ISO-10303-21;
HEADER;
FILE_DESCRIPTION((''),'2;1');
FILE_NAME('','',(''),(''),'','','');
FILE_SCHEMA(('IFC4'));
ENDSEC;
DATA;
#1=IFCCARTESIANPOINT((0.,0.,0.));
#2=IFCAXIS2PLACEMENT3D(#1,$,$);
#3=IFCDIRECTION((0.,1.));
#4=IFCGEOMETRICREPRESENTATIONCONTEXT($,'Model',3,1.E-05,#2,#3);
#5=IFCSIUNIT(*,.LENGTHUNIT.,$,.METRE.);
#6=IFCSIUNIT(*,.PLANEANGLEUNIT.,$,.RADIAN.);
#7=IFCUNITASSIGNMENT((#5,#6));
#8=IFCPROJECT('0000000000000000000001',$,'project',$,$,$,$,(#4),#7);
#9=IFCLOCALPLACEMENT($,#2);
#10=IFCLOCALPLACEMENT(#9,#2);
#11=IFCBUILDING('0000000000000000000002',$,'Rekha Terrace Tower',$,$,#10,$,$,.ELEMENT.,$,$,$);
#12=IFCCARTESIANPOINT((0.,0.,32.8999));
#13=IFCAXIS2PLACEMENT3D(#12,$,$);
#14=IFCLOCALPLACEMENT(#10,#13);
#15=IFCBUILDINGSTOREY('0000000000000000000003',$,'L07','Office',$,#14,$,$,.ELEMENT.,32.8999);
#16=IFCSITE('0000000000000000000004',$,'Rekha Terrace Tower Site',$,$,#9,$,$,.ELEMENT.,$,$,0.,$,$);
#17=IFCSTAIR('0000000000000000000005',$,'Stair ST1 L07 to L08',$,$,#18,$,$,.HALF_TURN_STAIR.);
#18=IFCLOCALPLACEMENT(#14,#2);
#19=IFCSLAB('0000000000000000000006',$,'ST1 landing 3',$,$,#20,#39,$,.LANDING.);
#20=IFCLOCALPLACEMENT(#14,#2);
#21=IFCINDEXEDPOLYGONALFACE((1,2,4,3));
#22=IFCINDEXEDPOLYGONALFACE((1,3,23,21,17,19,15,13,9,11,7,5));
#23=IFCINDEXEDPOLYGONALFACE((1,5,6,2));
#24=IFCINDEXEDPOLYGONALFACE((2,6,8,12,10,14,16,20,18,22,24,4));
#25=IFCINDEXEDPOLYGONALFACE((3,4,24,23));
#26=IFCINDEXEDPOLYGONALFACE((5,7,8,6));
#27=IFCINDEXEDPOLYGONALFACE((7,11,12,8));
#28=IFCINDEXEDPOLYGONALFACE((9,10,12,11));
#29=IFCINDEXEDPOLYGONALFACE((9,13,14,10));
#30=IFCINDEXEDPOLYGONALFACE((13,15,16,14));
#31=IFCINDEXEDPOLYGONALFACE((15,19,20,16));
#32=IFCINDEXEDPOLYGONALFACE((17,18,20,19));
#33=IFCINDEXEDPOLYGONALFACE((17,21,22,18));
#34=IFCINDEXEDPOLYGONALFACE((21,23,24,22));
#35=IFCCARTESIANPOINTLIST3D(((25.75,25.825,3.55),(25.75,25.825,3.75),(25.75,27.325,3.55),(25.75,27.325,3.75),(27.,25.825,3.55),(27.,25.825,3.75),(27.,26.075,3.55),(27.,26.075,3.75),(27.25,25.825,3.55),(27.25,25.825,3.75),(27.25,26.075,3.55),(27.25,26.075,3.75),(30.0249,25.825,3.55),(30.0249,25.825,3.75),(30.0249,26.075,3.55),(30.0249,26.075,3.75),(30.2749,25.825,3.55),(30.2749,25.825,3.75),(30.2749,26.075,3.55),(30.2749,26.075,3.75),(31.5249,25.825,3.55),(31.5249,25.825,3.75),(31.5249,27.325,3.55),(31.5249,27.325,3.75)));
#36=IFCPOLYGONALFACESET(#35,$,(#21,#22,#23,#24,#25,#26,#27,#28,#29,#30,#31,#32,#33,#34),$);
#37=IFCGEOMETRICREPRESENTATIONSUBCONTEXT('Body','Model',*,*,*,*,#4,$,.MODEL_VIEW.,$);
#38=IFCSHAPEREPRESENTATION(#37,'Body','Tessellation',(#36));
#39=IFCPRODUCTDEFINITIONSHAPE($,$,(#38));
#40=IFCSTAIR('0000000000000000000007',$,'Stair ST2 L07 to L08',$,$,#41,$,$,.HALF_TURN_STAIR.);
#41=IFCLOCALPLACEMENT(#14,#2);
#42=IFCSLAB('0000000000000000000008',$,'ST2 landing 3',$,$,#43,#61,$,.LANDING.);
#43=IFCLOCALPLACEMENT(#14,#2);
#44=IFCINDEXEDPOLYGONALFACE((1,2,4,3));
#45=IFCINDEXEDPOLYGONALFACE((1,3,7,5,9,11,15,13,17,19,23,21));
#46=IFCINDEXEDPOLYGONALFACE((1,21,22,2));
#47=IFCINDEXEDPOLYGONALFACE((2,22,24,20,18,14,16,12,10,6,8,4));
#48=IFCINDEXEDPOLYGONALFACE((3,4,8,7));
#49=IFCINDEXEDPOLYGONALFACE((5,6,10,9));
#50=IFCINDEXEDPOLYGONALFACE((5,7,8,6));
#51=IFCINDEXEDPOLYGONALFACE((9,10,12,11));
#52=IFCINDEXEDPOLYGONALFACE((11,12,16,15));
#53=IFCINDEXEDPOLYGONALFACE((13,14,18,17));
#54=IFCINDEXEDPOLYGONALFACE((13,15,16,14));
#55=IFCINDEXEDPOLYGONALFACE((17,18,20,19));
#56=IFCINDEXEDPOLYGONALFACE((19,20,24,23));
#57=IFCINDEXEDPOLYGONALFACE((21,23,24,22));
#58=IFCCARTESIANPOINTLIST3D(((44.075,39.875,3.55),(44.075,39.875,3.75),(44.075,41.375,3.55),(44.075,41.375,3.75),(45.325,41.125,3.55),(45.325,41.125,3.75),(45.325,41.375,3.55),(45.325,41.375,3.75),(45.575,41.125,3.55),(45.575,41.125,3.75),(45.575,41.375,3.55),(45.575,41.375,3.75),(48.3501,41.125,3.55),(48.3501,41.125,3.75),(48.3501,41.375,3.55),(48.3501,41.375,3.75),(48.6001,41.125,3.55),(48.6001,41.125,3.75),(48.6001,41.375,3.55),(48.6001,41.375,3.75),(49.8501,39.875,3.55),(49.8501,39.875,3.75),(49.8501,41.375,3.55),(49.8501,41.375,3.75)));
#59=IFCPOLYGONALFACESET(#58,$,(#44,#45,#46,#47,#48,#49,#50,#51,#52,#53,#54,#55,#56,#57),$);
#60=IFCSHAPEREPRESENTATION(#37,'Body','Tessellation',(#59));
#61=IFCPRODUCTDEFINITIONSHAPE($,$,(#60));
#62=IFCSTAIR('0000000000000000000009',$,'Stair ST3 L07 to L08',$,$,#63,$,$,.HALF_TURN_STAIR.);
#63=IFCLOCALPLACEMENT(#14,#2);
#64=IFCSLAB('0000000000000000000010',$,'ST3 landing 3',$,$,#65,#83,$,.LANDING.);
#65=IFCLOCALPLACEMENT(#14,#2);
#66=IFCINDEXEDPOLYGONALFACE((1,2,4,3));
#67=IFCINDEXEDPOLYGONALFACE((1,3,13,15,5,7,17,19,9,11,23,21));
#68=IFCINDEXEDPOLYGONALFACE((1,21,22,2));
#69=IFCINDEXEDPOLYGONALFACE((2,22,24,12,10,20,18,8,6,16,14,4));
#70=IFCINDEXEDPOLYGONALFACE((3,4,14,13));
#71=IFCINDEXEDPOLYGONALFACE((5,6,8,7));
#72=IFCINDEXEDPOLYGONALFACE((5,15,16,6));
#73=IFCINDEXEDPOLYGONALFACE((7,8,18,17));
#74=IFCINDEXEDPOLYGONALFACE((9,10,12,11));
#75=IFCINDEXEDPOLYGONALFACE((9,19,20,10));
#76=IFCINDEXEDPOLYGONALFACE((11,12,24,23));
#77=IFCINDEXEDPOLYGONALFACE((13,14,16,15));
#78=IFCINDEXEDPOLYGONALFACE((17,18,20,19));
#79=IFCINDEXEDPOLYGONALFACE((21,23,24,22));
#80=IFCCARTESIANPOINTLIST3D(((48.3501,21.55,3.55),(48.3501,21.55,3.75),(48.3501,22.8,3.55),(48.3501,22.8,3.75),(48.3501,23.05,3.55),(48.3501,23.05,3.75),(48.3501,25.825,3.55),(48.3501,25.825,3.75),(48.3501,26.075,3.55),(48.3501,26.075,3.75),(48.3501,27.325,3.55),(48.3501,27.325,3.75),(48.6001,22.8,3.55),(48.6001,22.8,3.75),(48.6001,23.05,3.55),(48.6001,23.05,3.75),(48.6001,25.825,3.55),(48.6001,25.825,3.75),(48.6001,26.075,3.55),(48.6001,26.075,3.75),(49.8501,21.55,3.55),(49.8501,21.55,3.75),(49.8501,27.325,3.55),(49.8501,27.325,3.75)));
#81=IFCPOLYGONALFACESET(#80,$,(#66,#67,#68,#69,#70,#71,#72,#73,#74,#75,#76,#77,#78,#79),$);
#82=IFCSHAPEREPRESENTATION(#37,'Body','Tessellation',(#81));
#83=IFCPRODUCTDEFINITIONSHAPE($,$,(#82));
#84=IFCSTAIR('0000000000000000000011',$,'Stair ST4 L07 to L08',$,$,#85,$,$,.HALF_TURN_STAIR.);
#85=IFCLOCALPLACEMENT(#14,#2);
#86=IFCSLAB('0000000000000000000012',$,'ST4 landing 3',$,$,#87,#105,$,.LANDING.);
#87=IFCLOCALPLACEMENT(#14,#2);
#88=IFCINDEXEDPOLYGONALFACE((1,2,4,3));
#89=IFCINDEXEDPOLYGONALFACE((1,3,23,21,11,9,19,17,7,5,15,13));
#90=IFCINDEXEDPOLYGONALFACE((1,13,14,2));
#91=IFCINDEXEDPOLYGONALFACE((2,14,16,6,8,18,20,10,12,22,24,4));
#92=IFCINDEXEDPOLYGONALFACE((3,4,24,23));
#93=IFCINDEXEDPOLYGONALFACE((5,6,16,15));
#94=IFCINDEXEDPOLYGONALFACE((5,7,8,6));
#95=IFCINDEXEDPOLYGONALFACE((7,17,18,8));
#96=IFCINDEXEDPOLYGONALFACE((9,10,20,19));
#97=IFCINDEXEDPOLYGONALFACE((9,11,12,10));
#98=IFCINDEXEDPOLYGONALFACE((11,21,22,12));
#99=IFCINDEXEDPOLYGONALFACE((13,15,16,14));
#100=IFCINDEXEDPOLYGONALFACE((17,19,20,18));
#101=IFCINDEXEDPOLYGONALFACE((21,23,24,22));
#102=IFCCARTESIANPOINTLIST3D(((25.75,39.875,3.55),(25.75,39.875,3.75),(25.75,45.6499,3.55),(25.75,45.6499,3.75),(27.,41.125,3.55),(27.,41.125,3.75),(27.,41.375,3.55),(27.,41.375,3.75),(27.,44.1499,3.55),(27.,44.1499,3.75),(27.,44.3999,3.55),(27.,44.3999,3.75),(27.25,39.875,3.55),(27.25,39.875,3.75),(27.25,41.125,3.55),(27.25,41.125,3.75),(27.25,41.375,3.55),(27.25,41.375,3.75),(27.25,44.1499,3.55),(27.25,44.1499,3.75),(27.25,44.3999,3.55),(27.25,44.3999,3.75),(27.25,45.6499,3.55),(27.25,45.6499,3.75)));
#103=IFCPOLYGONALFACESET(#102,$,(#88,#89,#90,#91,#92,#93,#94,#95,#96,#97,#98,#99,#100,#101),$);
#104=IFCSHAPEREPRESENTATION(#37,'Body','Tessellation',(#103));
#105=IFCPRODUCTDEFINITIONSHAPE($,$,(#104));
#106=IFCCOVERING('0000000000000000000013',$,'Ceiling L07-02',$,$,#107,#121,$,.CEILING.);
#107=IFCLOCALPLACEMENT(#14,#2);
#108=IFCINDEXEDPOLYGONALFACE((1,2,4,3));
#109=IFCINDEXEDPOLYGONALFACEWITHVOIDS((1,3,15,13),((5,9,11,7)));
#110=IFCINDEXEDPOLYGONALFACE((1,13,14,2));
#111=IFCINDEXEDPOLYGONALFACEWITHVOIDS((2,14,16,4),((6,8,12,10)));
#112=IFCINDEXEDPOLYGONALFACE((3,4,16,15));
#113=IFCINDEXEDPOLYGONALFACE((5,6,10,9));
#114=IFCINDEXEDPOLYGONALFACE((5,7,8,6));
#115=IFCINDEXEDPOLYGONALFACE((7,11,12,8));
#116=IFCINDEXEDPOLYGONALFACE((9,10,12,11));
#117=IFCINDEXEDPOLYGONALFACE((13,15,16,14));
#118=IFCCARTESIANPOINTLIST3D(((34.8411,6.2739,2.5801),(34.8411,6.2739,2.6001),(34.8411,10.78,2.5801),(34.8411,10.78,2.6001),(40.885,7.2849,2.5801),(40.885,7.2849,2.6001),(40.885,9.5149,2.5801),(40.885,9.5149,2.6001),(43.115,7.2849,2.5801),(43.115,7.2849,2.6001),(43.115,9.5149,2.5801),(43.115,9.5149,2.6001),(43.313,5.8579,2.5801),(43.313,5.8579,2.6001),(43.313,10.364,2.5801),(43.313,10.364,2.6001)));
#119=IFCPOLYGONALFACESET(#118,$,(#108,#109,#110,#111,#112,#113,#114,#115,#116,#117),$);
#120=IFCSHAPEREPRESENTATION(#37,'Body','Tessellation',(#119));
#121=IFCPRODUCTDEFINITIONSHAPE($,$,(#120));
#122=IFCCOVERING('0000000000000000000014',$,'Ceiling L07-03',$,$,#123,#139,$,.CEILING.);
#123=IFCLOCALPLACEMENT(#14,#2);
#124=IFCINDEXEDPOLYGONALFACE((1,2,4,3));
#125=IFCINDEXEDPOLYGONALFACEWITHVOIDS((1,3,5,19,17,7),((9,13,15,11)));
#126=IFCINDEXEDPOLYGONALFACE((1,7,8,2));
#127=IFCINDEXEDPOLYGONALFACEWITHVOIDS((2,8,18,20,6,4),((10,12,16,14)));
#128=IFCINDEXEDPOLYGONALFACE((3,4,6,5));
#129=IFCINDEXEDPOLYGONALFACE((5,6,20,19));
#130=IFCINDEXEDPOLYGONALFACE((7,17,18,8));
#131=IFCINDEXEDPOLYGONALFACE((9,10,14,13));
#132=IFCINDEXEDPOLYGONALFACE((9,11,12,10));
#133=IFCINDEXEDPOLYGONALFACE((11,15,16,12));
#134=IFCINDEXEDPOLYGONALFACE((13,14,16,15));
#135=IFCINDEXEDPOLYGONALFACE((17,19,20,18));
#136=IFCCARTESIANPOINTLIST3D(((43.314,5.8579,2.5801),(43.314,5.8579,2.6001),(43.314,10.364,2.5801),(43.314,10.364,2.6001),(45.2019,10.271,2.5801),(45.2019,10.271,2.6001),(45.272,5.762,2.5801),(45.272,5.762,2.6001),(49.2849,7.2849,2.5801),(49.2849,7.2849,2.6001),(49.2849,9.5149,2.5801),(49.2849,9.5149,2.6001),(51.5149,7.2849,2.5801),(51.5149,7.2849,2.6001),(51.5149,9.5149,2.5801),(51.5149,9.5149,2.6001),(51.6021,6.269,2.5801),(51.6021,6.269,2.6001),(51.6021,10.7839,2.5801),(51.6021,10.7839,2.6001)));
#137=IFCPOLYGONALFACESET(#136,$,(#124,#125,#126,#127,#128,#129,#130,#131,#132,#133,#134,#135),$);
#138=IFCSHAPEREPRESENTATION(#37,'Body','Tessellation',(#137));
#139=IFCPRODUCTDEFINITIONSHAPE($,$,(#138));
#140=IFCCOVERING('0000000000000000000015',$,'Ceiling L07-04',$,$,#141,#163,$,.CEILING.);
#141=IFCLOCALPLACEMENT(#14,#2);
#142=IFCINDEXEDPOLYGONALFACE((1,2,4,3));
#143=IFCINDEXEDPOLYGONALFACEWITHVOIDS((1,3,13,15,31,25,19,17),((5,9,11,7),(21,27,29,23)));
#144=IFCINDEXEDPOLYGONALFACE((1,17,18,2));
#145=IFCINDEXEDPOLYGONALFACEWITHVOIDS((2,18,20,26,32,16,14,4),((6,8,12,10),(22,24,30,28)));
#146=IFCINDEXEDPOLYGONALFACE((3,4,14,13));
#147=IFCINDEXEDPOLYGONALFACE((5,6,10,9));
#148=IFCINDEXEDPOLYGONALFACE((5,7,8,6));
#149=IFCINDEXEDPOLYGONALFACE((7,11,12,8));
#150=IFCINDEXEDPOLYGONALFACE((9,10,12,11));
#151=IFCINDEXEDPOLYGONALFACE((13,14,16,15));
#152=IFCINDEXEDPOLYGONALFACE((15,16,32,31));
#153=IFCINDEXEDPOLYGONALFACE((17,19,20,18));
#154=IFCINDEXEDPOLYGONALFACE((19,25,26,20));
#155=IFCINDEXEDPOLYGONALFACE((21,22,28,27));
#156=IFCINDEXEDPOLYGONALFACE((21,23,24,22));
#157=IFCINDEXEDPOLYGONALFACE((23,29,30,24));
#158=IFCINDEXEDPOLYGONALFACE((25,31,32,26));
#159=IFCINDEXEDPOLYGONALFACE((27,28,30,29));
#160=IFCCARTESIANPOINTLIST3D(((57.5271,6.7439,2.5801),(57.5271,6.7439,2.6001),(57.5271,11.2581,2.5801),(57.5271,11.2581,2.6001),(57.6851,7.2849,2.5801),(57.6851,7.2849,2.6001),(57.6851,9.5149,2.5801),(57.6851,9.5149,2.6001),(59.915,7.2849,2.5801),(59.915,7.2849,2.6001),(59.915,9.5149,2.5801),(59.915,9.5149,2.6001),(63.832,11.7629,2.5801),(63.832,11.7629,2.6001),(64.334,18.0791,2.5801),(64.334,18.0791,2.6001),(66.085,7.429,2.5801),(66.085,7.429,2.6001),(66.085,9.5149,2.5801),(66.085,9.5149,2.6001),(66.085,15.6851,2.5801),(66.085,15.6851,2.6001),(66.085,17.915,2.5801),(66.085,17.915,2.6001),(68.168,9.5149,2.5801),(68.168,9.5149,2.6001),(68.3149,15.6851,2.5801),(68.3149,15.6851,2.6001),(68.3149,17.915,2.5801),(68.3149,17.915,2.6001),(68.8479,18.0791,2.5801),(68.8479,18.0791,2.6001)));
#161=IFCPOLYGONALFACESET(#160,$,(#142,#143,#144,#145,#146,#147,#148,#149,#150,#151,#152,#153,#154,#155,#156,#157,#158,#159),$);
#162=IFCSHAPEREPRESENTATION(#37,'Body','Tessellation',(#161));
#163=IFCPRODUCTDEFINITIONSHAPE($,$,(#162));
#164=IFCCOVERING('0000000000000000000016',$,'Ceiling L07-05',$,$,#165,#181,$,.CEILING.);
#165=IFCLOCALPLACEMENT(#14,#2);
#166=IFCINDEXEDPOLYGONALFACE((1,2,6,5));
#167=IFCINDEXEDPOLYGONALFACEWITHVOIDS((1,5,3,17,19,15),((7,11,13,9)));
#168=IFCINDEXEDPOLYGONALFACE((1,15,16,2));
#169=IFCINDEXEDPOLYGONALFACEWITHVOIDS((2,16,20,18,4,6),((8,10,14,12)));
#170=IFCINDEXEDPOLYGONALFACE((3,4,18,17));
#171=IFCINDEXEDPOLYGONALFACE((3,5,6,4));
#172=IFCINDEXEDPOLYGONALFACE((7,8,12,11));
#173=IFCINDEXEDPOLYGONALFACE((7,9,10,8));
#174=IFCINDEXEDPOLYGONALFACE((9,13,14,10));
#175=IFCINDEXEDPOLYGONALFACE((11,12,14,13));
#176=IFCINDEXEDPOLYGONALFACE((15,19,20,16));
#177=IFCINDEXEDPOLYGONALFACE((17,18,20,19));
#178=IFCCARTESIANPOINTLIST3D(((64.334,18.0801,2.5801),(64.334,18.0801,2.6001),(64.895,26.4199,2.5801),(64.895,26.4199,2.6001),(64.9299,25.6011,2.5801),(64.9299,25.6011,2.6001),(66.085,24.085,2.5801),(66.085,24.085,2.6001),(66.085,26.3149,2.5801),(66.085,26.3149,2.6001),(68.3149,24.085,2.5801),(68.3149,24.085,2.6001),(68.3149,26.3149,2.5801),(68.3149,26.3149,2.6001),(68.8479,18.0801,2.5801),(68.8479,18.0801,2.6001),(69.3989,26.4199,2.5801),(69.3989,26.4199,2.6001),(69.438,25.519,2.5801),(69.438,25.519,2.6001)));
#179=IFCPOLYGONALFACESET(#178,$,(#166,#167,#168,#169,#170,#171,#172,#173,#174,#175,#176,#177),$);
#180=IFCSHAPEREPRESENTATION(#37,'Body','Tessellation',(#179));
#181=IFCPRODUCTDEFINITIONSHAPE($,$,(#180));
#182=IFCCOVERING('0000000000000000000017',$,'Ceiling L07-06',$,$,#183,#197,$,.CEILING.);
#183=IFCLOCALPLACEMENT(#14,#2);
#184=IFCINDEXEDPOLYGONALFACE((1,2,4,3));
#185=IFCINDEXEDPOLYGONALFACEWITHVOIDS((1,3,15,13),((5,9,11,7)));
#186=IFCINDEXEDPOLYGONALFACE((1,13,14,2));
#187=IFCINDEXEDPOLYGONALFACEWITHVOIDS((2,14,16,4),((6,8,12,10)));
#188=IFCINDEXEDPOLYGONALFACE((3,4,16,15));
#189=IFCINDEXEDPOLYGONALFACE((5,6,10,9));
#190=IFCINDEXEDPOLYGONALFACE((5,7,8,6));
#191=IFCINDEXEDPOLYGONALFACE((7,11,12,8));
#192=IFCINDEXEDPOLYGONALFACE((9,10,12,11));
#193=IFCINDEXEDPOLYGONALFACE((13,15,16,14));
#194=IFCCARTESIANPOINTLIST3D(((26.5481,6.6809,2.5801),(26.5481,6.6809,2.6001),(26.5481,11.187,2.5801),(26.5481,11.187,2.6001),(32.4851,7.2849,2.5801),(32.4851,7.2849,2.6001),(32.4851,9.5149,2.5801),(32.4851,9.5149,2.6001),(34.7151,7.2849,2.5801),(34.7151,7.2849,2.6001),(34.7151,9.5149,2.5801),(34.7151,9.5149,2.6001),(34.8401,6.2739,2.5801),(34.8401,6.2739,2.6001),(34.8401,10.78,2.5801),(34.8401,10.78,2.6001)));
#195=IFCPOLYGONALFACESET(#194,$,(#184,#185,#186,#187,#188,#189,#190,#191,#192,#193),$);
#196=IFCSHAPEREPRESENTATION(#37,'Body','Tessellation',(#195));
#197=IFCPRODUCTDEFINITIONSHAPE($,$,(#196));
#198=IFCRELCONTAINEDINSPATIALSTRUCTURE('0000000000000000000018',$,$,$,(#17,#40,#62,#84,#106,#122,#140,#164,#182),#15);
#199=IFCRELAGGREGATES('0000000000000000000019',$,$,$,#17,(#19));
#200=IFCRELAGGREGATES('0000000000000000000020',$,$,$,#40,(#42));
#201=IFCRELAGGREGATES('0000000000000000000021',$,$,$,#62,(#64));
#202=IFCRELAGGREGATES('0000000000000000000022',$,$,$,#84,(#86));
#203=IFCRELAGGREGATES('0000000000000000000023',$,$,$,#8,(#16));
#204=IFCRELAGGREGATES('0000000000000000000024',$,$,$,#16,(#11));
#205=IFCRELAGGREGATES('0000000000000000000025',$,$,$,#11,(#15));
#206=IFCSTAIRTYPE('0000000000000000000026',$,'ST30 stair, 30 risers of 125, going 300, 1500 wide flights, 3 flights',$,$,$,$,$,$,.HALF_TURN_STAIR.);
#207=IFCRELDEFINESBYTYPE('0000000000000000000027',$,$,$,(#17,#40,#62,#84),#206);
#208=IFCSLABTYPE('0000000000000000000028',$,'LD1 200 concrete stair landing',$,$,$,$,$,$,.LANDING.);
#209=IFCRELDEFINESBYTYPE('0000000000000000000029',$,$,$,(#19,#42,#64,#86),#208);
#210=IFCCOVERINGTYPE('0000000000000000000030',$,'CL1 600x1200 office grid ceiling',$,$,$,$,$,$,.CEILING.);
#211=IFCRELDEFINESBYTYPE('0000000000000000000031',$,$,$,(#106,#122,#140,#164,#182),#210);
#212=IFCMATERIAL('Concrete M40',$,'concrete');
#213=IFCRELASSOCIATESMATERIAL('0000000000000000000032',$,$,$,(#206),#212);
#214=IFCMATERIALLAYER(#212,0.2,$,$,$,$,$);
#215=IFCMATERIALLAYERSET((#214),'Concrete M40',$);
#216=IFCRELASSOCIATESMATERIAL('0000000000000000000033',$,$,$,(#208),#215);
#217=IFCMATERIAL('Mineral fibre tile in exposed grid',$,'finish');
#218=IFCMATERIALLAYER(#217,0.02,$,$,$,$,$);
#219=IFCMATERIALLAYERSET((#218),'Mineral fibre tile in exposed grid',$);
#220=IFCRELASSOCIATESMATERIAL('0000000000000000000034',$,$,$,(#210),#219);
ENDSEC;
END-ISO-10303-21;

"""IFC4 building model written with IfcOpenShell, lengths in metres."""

from ifc_helpers import new_model, si_unit, direction, frame, origin, place, context, subcontext, project, spatial, polyline, outline, extrude, material, layer, layer_set, type_object, element, aggregate, save


model = new_model("IFC4")

# Units and contexts
model_context = context("Model", 3, precision=1e-05, world=origin(), true_north=direction((0.0, 1.0)))
body_context = subcontext(model_context, "Body", "Model", "MODEL_VIEW")
ifc_project = project(units=[si_unit("LENGTHUNIT", "METRE"), si_unit("PLANEANGLEUNIT", "RADIAN")], contexts=[model_context])

# Site, building, storey
site_placement = place(None, origin())
site = spatial("IfcSite", under=ifc_project, at=site_placement, Name="Rekha Terrace Tower Site", CompositionType="ELEMENT", RefElevation=0.0)
building_placement = place(site_placement, origin())
building = spatial("IfcBuilding", under=site, at=building_placement, Name="Rekha Terrace Tower", CompositionType="ELEMENT")
storey_placement = place(building_placement, frame((0.0, 0.0, 32.8999)))
storey = spatial("IfcBuildingStorey", under=building, at=storey_placement, Name="L07", Description="Office", CompositionType="ELEMENT", Elevation=32.8999)

# Stairs, slabs
ifc_material_1 = material(Name="Concrete M40", Category="concrete")
stair_type = type_object("IfcStairType", Name="ST30 stair, 30 risers of 125, going 300, 1500 wide flights, 3 flights", PredefinedType="HALF_TURN_STAIR", material=ifc_material_1)
stair_1_placement = place(storey_placement, origin())
stair_1 = element("IfcStair", 1, at=stair_1_placement, inside=storey, type_object=stair_type, Name="Stair ST1 L07 to L08", PredefinedType="HALF_TURN_STAIR")
ifc_layer_1 = layer(ifc_material_1, 0.2)
ifc_layer_set_1 = layer_set([ifc_layer_1], Name="Concrete M40")
slab_type = type_object("IfcSlabType", Name="LD1 200 concrete stair landing", PredefinedType="LANDING", material=ifc_layer_set_1)
slab_1_placement = place(storey_placement, frame((0.0, 0.0, 3.55)))
slab_1 = element("IfcSlab", 2, at=slab_1_placement, type_object=slab_type, Name="ST1 landing 3", PredefinedType="LANDING", context=body_context, shape_type="SweptSolid", body=[
    extrude(outline(polyline([(31.5249, 25.825), (31.5249, 27.325), (25.75, 27.325), (25.75, 25.825), (27.0, 25.825), (27.0, 26.075), (27.25, 26.075), (27.25, 25.825), (30.0249, 25.825), (30.0249, 26.075), (30.2749, 26.075), (30.2749, 25.825), (31.5249, 25.825)])), origin(), (0.0, 0.0, 1.0), 0.2),
])
aggregate(stair_1, [slab_1])
stair_2_placement = place(storey_placement, origin())
stair_2 = element("IfcStair", 3, at=stair_2_placement, inside=storey, type_object=stair_type, Name="Stair ST2 L07 to L08", PredefinedType="HALF_TURN_STAIR")
slab_2_placement = place(storey_placement, frame((0.0, 0.0, 3.55)))
slab_2 = element("IfcSlab", 4, at=slab_2_placement, type_object=slab_type, Name="ST2 landing 3", PredefinedType="LANDING", context=body_context, shape_type="SweptSolid", body=[
    extrude(outline(polyline([(44.075, 41.375), (44.075, 39.875), (49.8501, 39.875), (49.8501, 41.375), (48.6001, 41.375), (48.6001, 41.125), (48.3501, 41.125), (48.3501, 41.375), (45.575, 41.375), (45.575, 41.125), (45.325, 41.125), (45.325, 41.375), (44.075, 41.375)])), origin(), (0.0, 0.0, 1.0), 0.2),
])
aggregate(stair_2, [slab_2])
stair_3_placement = place(storey_placement, origin())
stair_3 = element("IfcStair", 5, at=stair_3_placement, inside=storey, type_object=stair_type, Name="Stair ST3 L07 to L08", PredefinedType="HALF_TURN_STAIR")
slab_3_placement = place(storey_placement, frame((0.0, 0.0, 3.55)))
slab_3 = element("IfcSlab", 6, at=slab_3_placement, type_object=slab_type, Name="ST3 landing 3", PredefinedType="LANDING", context=body_context, shape_type="SweptSolid", body=[
    extrude(outline(polyline([(48.3501, 21.55), (49.8501, 21.55), (49.8501, 27.325), (48.3501, 27.325), (48.3501, 26.075), (48.6001, 26.075), (48.6001, 25.825), (48.3501, 25.825), (48.3501, 23.05), (48.6001, 23.05), (48.6001, 22.8), (48.3501, 22.8), (48.3501, 21.55)])), origin(), (0.0, 0.0, 1.0), 0.2),
])
aggregate(stair_3, [slab_3])
stair_4_placement = place(storey_placement, origin())
stair_4 = element("IfcStair", 7, at=stair_4_placement, inside=storey, type_object=stair_type, Name="Stair ST4 L07 to L08", PredefinedType="HALF_TURN_STAIR")
slab_4_placement = place(storey_placement, frame((0.0, 0.0, 3.55)))
slab_4 = element("IfcSlab", 8, at=slab_4_placement, type_object=slab_type, Name="ST4 landing 3", PredefinedType="LANDING", context=body_context, shape_type="SweptSolid", body=[
    extrude(outline(polyline([(27.25, 39.875), (25.75, 39.875), (25.75, 45.6499), (27.25, 45.6499), (27.25, 44.3999), (27.0, 44.3999), (27.0, 44.1499), (27.25, 44.1499), (27.25, 41.375), (27.0, 41.375), (27.0, 41.125), (27.25, 41.125), (27.25, 39.875)])), origin(), (0.0, 0.0, 1.0), 0.2),
])
aggregate(stair_4, [slab_4])

# Coverings
ifc_material_2 = material(Name="Mineral fibre tile in exposed grid", Category="finish")
ifc_layer_2 = layer(ifc_material_2, 0.02)
ifc_layer_set_2 = layer_set([ifc_layer_2], Name="Mineral fibre tile in exposed grid")
covering_type_1 = type_object("IfcCoveringType", Name="CL1 600x1200 office grid ceiling", PredefinedType="CEILING", material=ifc_layer_set_2)
covering_1_placement = place(storey_placement, frame((0.0, 0.0, 2.5801)))
element("IfcCovering", 9, at=covering_1_placement, inside=storey, type_object=covering_type_1, Name="Ceiling L07-02", PredefinedType="CEILING", context=body_context, shape_type="SweptSolid", body=[
    extrude(outline(polyline([(43.313, 5.8579), (43.313, 10.364), (34.8411, 10.78), (34.8411, 6.2739), (43.313, 5.8579)]), holes=[polyline([(43.115, 7.2849), (40.885, 7.2849), (40.885, 9.5149), (43.115, 9.5149), (43.115, 7.2849)])]), origin(), (0.0, 0.0, 1.0), 0.02),
])
covering_2_placement = place(storey_placement, frame((0.0, 0.0, 2.5801)))
element("IfcCovering", 10, at=covering_2_placement, inside=storey, type_object=covering_type_1, Name="Ceiling L07-03", PredefinedType="CEILING", context=body_context, shape_type="SweptSolid", body=[
    extrude(outline(polyline([(45.2019, 10.271), (43.314, 10.364), (43.314, 5.8579), (45.272, 5.762), (51.6021, 6.269), (51.6021, 10.7839), (45.2019, 10.271)]), holes=[polyline([(51.5149, 7.2849), (49.2849, 7.2849), (49.2849, 9.5149), (51.5149, 9.5149), (51.5149, 7.2849)])]), origin(), (0.0, 0.0, 1.0), 0.02),
])
covering_3_placement = place(storey_placement, frame((0.0, 0.0, 2.5801)))
element("IfcCovering", 11, at=covering_3_placement, inside=storey, type_object=covering_type_1, Name="Ceiling L07-04", PredefinedType="CEILING", context=body_context, shape_type="SweptSolid", body=[
    extrude(outline(polyline([(63.832, 11.7629), (57.5271, 11.2581), (57.5271, 6.7439), (66.085, 7.429), (66.085, 9.5149), (68.168, 9.5149), (68.8479, 18.0791), (64.334, 18.0791), (63.832, 11.7629)]), holes=[polyline([(68.3149, 15.6851), (66.085, 15.6851), (66.085, 17.915), (68.3149, 17.915), (68.3149, 15.6851)]), polyline([(59.915, 7.2849), (57.6851, 7.2849), (57.6851, 9.5149), (59.915, 9.5149), (59.915, 7.2849)])]), origin(), (0.0, 0.0, 1.0), 0.02),
])
covering_4_placement = place(storey_placement, frame((0.0, 0.0, 2.5801)))
element("IfcCovering", 12, at=covering_4_placement, inside=storey, type_object=covering_type_1, Name="Ceiling L07-05", PredefinedType="CEILING", context=body_context, shape_type="SweptSolid", body=[
    extrude(outline(polyline([(64.9299, 25.6011), (64.334, 18.0801), (68.8479, 18.0801), (69.438, 25.519), (69.3989, 26.4199), (64.895, 26.4199), (64.9299, 25.6011)]), holes=[polyline([(68.3149, 24.085), (66.085, 24.085), (66.085, 26.3149), (68.3149, 26.3149), (68.3149, 24.085)])]), origin(), (0.0, 0.0, 1.0), 0.02),
])
covering_5_placement = place(storey_placement, frame((0.0, 0.0, 2.5801)))
element("IfcCovering", 13, at=covering_5_placement, inside=storey, type_object=covering_type_1, Name="Ceiling L07-06", PredefinedType="CEILING", context=body_context, shape_type="SweptSolid", body=[
    extrude(outline(polyline([(34.8401, 6.2739), (34.8401, 10.78), (26.5481, 11.187), (26.5481, 6.6809), (34.8401, 6.2739)]), holes=[polyline([(34.7151, 7.2849), (32.4851, 7.2849), (32.4851, 9.5149), (34.7151, 9.5149), (34.7151, 7.2849)])]), origin(), (0.0, 0.0, 1.0), 0.02),
])

save(model, "model.ifc")
